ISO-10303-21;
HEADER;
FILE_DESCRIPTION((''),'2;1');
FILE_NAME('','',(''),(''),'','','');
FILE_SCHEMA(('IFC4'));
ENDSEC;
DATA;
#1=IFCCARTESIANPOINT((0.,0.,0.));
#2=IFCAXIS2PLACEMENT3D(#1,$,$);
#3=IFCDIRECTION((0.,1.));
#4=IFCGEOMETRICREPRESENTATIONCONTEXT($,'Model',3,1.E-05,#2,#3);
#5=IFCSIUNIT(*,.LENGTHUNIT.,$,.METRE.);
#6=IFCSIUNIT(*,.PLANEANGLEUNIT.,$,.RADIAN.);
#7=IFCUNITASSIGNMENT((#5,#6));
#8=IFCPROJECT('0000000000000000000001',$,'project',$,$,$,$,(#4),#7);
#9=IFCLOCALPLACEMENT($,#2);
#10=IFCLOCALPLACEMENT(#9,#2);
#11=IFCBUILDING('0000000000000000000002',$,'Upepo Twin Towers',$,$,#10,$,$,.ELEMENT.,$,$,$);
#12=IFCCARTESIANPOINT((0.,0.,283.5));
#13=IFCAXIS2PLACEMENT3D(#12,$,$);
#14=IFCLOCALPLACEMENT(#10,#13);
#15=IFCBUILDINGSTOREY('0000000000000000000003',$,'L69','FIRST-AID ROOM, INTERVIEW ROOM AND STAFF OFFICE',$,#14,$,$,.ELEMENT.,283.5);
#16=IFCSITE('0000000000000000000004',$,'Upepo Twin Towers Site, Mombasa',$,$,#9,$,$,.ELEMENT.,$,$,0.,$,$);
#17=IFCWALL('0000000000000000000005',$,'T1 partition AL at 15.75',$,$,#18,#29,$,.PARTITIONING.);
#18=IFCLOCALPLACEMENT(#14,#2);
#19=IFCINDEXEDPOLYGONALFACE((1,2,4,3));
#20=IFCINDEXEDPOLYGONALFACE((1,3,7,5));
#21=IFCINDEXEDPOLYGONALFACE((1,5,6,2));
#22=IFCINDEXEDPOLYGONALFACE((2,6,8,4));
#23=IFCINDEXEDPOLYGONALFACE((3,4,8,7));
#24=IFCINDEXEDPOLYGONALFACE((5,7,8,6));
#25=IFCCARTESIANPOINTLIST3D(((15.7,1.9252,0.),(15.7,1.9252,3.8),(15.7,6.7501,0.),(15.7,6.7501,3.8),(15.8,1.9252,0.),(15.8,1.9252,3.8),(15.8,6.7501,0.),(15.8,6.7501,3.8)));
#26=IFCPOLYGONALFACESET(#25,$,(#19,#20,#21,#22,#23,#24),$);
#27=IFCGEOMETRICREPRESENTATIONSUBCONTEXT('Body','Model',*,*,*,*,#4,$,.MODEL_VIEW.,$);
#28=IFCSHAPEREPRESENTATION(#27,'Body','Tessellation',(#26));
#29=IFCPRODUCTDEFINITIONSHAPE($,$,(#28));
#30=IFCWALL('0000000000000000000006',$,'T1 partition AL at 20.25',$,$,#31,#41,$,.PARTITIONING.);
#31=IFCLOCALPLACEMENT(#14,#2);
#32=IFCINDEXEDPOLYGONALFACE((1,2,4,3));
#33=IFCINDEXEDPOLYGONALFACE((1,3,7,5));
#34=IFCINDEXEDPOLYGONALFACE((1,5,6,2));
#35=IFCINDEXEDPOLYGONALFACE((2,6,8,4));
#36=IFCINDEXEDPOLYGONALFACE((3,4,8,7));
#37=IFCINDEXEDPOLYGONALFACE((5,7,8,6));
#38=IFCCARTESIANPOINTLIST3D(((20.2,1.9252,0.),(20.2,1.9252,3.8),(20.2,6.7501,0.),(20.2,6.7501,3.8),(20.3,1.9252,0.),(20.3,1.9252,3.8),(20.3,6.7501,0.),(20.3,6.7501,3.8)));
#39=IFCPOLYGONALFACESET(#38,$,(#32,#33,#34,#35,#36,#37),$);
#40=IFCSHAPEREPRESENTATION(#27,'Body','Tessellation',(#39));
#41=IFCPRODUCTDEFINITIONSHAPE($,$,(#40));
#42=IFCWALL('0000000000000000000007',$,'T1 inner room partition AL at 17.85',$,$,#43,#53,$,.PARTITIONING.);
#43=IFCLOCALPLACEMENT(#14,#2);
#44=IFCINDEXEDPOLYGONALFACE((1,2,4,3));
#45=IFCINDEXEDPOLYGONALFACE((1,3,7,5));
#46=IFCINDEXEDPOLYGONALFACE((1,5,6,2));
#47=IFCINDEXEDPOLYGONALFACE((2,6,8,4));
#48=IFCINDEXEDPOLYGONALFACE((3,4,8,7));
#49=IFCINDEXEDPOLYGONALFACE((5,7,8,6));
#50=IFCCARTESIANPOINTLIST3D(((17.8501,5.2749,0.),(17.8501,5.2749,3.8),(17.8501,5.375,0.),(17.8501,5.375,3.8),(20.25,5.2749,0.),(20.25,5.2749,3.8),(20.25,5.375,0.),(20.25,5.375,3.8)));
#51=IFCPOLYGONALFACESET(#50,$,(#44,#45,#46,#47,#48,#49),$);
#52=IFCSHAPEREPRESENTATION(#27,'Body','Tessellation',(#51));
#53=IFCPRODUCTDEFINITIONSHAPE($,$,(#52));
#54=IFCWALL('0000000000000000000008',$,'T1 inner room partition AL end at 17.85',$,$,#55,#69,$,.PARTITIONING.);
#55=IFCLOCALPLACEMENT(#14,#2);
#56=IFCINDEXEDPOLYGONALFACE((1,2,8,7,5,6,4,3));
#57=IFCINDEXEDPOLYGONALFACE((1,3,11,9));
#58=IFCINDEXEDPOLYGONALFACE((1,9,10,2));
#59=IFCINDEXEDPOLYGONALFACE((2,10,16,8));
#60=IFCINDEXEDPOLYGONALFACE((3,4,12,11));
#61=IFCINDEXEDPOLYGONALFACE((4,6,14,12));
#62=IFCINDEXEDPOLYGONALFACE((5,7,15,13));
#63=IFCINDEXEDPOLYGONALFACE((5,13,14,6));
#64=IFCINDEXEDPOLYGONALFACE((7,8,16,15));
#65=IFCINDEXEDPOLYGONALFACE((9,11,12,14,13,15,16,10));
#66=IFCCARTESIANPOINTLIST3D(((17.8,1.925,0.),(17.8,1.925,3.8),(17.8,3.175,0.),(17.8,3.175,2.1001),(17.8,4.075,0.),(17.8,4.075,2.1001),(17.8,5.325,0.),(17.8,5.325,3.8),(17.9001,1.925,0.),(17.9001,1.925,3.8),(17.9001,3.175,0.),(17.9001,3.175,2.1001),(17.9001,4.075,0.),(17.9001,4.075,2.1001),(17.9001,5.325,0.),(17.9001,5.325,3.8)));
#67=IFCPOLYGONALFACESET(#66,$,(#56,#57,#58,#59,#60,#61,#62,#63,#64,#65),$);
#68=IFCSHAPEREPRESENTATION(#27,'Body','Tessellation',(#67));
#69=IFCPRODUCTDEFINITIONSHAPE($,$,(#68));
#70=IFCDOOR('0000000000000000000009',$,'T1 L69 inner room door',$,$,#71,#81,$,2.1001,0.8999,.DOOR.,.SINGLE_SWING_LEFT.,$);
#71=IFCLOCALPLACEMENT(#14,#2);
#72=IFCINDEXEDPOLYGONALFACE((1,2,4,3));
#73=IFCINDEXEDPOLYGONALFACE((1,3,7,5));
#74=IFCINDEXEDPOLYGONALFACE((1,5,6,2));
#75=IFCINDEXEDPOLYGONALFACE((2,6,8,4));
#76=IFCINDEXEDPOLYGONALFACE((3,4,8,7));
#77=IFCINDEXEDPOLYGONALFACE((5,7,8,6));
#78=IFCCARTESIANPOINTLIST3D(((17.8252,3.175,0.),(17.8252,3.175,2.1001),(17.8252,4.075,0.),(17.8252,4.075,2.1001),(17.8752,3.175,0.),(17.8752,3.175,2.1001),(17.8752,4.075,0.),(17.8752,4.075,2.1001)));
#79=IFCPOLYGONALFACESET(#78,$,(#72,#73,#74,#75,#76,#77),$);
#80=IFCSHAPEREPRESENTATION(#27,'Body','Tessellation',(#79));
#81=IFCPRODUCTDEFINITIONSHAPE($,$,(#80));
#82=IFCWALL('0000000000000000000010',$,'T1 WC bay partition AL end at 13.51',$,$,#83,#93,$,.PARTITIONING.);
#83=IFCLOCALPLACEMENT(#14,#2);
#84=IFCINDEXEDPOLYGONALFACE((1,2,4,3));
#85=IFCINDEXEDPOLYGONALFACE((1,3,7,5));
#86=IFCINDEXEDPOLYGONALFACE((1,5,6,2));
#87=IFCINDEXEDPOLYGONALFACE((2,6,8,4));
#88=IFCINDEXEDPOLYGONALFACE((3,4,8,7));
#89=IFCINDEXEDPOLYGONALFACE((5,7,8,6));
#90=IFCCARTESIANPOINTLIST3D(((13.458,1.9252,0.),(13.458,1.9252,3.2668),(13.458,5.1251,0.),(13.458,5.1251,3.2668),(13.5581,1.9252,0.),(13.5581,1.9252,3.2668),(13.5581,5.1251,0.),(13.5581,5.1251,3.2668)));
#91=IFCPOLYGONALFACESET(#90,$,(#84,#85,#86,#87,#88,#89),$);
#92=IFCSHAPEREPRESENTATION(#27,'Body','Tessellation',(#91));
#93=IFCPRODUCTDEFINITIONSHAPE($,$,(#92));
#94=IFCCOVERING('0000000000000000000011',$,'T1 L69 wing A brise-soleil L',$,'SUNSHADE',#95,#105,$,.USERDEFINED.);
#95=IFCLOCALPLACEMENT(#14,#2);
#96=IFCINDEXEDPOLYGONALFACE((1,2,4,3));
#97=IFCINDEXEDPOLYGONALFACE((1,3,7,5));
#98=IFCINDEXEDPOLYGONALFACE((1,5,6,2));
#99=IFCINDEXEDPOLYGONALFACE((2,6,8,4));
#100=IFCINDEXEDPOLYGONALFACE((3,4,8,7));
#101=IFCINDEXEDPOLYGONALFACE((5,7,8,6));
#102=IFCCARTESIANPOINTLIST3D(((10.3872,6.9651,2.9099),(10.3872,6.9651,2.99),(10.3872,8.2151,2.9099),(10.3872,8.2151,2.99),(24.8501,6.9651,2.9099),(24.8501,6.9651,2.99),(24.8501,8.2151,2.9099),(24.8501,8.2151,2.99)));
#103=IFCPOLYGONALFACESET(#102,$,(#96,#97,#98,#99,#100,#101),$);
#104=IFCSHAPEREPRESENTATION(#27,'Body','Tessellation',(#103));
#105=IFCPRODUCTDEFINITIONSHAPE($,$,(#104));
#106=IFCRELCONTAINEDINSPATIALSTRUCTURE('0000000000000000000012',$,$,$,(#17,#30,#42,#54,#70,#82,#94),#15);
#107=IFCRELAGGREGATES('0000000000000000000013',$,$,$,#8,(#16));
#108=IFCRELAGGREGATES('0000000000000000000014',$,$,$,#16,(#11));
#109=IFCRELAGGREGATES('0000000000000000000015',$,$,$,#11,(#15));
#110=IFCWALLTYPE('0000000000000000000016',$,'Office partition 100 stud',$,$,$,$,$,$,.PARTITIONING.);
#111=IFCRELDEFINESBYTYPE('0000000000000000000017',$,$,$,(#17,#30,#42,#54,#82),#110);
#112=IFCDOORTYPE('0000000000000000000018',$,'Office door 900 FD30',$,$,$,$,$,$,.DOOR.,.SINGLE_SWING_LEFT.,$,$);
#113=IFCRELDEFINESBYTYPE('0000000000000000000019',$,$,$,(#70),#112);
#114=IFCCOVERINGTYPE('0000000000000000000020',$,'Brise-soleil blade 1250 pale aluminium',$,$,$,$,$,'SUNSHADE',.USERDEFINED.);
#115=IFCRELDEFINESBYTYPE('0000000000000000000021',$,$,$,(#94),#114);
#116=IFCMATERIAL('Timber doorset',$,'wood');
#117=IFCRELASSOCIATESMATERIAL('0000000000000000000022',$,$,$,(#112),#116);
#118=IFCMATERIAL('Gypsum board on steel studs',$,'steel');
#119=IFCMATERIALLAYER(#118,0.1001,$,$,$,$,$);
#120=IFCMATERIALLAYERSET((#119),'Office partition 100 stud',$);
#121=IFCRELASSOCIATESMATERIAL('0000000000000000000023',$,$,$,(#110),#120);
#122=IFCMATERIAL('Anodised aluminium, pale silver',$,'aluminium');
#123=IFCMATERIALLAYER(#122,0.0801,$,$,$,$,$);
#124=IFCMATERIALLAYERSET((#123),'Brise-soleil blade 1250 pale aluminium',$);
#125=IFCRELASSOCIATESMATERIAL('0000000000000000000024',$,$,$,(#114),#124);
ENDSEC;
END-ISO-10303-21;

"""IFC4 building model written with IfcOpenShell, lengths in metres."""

from ifc_helpers import new_model, si_unit, direction, frame, frame_2d, origin, origin_2d, place, context, subcontext, project, spatial, rectangle, extrude, material, layer, layer_set, type_object, element, fill, save


model = new_model("IFC4")

# Units and contexts
model_context = context("Model", 3, precision=1e-05, world=origin(), true_north=direction((0.0, 1.0)))
body_context = subcontext(model_context, "Body", "Model", "MODEL_VIEW")
ifc_project = project(units=[si_unit("LENGTHUNIT", "METRE"), si_unit("PLANEANGLEUNIT", "RADIAN")], contexts=[model_context])

# Site, building, storey
site_placement = place(None, origin())
site = spatial("IfcSite", under=ifc_project, at=site_placement, Name="Upepo Twin Towers Site, Mombasa", CompositionType="ELEMENT", RefElevation=0.0)
building_placement = place(site_placement, origin())
building = spatial("IfcBuilding", under=site, at=building_placement, Name="Upepo Twin Towers", CompositionType="ELEMENT")
storey_placement = place(building_placement, frame((0.0, 0.0, 283.5)))
storey = spatial("IfcBuildingStorey", under=building, at=storey_placement, Name="L69", Description="FIRST-AID ROOM, INTERVIEW ROOM AND STAFF OFFICE", CompositionType="ELEMENT", Elevation=283.5)

# Shared definitions
ifc_material_1 = material(Name="Timber doorset", Category="wood")
door_type_1 = type_object("IfcDoorType", Name="Office door 900 FD30", OperationType="SINGLE_SWING_LEFT", PredefinedType="DOOR", material=ifc_material_1)

# Walls
ifc_material_2 = material(Name="Gypsum board on steel studs", Category="steel")
ifc_layer_1 = layer(ifc_material_2, 0.1001)
ifc_layer_set_1 = layer_set([ifc_layer_1], Name="Office partition 100 stud")
wall_type_1 = type_object("IfcWallType", Name="Office partition 100 stud", PredefinedType="PARTITIONING", material=ifc_layer_set_1)
for number, where, z_axis, x_axis, name in (
    (1, (15.75, 1.925, 0.0), (0.0, 0.0, 1.0), (0.0, 1.0, 0.0), "T1 partition AL at 15.75"),
    (2, (20.25, 1.925, 0.0), (0.0, 0.0, 1.0), (0.0, 1.0, 0.0), "T1 partition AL at 20.25"),
):
    element("IfcWall", number, at=place(storey_placement, frame(where, z_axis=z_axis, x_axis=x_axis)), inside=storey, type_object=wall_type_1, Name=name, PredefinedType="PARTITIONING", context=body_context, shape_type="SweptSolid", body=[
        extrude(rectangle(XDim=4.825, YDim=0.1001, at=frame_2d((2.4126, 0.0))), origin(), (0.0, 0.0, 1.0), 3.8),
    ])
wall_1_placement = place(storey_placement, frame((17.8501, 5.325, 0.0), z_axis=(0.0, 0.0, 1.0), x_axis=(1.0, 0.0, 0.0)))
element("IfcWall", 3, at=wall_1_placement, inside=storey, type_object=wall_type_1, Name="T1 inner room partition AL at 17.85", PredefinedType="PARTITIONING", context=body_context, shape_type="SweptSolid", body=[
    extrude(rectangle(XDim=2.3999, YDim=0.1001, at=frame_2d((1.2, 0.0))), origin(), (0.0, 0.0, 1.0), 3.8),
])

# Wall, opening, door
wall_2_placement = place(storey_placement, frame((17.8501, 1.925, 0.0), z_axis=(0.0, 0.0, 1.0), x_axis=(0.0, 1.0, 0.0)))
wall_2 = element("IfcWall", 4, at=wall_2_placement, inside=storey, type_object=wall_type_1, Name="T1 inner room partition AL end at 17.85", PredefinedType="PARTITIONING", context=body_context, shape_type="SweptSolid", body=[
    extrude(rectangle(XDim=3.3999, YDim=0.1001, at=frame_2d((1.7, 0.0))), origin(), (0.0, 0.0, 1.0), 3.8),
])
opening_1_placement = place(wall_2_placement, frame((1.25, 0.0, 0.0)))
opening_1 = element("IfcOpeningElement", 5, at=opening_1_placement, cuts=wall_2, PredefinedType="OPENING", context=body_context, shape_type="SweptSolid", body=[
    extrude(rectangle(XDim=0.8999, YDim=2.1001, at=frame_2d((0.45, 1.05))), frame((0.0, 0.0601, 0.0), z_axis=(0.0, -1.0, 0.0), x_axis=(1.0, 0.0, 0.0)), (0.0, 0.0, 1.0), 0.1201),
])
door_1_placement = place(opening_1_placement, origin())
door_1 = element("IfcDoor", 6, at=door_1_placement, inside=storey, type_object=door_type_1, Name="T1 L69 inner room door", OperationType="SINGLE_SWING_LEFT", OverallHeight=2.1001, OverallWidth=0.8999, PredefinedType="DOOR", context=body_context, shape_type="SweptSolid", body=[
    extrude(rectangle(XDim=0.8999, YDim=2.1001, at=frame_2d((0.45, 1.05))), frame((0.0, 0.0249, 0.0), z_axis=(0.0, -1.0, 0.0), x_axis=(1.0, 0.0, 0.0)), (0.0, 0.0, 1.0), 0.05),
])
fill(opening_1, door_1)

# Wall
wall_3_placement = place(storey_placement, frame((13.5081, 1.925, 0.0), z_axis=(0.0, 0.0, 1.0), x_axis=(0.0, 1.0, 0.0)))
element("IfcWall", 7, at=wall_3_placement, inside=storey, type_object=wall_type_1, Name="T1 WC bay partition AL end at 13.51", PredefinedType="PARTITIONING", context=body_context, shape_type="SweptSolid", body=[
    extrude(rectangle(XDim=3.2, YDim=0.1001, at=frame_2d((1.6001, 0.0))), origin(), (0.0, 0.0, 1.0), 3.2668),
])

# Covering
ifc_material_3 = material(Name="Anodised aluminium, pale silver", Category="aluminium")
ifc_layer_2 = layer(ifc_material_3, 0.0801)
ifc_layer_set_2 = layer_set([ifc_layer_2], Name="Brise-soleil blade 1250 pale aluminium")
covering_type = type_object("IfcCoveringType", Name="Brise-soleil blade 1250 pale aluminium", ElementType="SUNSHADE", PredefinedType="USERDEFINED", material=ifc_layer_set_2)
covering_placement = place(storey_placement, frame((17.6187, 7.5901, 2.9099), z_axis=(0.0, 0.0, 1.0), x_axis=(1.0, 0.0, 0.0)))
element("IfcCovering", 8, at=covering_placement, inside=storey, type_object=covering_type, Name="T1 L69 wing A brise-soleil L", ObjectType="SUNSHADE", PredefinedType="USERDEFINED", context=body_context, shape_type="SweptSolid", body=[
    extrude(rectangle(XDim=14.4629, YDim=1.25, at=origin_2d()), origin(), (0.0, 0.0, 1.0), 0.0801),
])

save(model, "model.ifc")
